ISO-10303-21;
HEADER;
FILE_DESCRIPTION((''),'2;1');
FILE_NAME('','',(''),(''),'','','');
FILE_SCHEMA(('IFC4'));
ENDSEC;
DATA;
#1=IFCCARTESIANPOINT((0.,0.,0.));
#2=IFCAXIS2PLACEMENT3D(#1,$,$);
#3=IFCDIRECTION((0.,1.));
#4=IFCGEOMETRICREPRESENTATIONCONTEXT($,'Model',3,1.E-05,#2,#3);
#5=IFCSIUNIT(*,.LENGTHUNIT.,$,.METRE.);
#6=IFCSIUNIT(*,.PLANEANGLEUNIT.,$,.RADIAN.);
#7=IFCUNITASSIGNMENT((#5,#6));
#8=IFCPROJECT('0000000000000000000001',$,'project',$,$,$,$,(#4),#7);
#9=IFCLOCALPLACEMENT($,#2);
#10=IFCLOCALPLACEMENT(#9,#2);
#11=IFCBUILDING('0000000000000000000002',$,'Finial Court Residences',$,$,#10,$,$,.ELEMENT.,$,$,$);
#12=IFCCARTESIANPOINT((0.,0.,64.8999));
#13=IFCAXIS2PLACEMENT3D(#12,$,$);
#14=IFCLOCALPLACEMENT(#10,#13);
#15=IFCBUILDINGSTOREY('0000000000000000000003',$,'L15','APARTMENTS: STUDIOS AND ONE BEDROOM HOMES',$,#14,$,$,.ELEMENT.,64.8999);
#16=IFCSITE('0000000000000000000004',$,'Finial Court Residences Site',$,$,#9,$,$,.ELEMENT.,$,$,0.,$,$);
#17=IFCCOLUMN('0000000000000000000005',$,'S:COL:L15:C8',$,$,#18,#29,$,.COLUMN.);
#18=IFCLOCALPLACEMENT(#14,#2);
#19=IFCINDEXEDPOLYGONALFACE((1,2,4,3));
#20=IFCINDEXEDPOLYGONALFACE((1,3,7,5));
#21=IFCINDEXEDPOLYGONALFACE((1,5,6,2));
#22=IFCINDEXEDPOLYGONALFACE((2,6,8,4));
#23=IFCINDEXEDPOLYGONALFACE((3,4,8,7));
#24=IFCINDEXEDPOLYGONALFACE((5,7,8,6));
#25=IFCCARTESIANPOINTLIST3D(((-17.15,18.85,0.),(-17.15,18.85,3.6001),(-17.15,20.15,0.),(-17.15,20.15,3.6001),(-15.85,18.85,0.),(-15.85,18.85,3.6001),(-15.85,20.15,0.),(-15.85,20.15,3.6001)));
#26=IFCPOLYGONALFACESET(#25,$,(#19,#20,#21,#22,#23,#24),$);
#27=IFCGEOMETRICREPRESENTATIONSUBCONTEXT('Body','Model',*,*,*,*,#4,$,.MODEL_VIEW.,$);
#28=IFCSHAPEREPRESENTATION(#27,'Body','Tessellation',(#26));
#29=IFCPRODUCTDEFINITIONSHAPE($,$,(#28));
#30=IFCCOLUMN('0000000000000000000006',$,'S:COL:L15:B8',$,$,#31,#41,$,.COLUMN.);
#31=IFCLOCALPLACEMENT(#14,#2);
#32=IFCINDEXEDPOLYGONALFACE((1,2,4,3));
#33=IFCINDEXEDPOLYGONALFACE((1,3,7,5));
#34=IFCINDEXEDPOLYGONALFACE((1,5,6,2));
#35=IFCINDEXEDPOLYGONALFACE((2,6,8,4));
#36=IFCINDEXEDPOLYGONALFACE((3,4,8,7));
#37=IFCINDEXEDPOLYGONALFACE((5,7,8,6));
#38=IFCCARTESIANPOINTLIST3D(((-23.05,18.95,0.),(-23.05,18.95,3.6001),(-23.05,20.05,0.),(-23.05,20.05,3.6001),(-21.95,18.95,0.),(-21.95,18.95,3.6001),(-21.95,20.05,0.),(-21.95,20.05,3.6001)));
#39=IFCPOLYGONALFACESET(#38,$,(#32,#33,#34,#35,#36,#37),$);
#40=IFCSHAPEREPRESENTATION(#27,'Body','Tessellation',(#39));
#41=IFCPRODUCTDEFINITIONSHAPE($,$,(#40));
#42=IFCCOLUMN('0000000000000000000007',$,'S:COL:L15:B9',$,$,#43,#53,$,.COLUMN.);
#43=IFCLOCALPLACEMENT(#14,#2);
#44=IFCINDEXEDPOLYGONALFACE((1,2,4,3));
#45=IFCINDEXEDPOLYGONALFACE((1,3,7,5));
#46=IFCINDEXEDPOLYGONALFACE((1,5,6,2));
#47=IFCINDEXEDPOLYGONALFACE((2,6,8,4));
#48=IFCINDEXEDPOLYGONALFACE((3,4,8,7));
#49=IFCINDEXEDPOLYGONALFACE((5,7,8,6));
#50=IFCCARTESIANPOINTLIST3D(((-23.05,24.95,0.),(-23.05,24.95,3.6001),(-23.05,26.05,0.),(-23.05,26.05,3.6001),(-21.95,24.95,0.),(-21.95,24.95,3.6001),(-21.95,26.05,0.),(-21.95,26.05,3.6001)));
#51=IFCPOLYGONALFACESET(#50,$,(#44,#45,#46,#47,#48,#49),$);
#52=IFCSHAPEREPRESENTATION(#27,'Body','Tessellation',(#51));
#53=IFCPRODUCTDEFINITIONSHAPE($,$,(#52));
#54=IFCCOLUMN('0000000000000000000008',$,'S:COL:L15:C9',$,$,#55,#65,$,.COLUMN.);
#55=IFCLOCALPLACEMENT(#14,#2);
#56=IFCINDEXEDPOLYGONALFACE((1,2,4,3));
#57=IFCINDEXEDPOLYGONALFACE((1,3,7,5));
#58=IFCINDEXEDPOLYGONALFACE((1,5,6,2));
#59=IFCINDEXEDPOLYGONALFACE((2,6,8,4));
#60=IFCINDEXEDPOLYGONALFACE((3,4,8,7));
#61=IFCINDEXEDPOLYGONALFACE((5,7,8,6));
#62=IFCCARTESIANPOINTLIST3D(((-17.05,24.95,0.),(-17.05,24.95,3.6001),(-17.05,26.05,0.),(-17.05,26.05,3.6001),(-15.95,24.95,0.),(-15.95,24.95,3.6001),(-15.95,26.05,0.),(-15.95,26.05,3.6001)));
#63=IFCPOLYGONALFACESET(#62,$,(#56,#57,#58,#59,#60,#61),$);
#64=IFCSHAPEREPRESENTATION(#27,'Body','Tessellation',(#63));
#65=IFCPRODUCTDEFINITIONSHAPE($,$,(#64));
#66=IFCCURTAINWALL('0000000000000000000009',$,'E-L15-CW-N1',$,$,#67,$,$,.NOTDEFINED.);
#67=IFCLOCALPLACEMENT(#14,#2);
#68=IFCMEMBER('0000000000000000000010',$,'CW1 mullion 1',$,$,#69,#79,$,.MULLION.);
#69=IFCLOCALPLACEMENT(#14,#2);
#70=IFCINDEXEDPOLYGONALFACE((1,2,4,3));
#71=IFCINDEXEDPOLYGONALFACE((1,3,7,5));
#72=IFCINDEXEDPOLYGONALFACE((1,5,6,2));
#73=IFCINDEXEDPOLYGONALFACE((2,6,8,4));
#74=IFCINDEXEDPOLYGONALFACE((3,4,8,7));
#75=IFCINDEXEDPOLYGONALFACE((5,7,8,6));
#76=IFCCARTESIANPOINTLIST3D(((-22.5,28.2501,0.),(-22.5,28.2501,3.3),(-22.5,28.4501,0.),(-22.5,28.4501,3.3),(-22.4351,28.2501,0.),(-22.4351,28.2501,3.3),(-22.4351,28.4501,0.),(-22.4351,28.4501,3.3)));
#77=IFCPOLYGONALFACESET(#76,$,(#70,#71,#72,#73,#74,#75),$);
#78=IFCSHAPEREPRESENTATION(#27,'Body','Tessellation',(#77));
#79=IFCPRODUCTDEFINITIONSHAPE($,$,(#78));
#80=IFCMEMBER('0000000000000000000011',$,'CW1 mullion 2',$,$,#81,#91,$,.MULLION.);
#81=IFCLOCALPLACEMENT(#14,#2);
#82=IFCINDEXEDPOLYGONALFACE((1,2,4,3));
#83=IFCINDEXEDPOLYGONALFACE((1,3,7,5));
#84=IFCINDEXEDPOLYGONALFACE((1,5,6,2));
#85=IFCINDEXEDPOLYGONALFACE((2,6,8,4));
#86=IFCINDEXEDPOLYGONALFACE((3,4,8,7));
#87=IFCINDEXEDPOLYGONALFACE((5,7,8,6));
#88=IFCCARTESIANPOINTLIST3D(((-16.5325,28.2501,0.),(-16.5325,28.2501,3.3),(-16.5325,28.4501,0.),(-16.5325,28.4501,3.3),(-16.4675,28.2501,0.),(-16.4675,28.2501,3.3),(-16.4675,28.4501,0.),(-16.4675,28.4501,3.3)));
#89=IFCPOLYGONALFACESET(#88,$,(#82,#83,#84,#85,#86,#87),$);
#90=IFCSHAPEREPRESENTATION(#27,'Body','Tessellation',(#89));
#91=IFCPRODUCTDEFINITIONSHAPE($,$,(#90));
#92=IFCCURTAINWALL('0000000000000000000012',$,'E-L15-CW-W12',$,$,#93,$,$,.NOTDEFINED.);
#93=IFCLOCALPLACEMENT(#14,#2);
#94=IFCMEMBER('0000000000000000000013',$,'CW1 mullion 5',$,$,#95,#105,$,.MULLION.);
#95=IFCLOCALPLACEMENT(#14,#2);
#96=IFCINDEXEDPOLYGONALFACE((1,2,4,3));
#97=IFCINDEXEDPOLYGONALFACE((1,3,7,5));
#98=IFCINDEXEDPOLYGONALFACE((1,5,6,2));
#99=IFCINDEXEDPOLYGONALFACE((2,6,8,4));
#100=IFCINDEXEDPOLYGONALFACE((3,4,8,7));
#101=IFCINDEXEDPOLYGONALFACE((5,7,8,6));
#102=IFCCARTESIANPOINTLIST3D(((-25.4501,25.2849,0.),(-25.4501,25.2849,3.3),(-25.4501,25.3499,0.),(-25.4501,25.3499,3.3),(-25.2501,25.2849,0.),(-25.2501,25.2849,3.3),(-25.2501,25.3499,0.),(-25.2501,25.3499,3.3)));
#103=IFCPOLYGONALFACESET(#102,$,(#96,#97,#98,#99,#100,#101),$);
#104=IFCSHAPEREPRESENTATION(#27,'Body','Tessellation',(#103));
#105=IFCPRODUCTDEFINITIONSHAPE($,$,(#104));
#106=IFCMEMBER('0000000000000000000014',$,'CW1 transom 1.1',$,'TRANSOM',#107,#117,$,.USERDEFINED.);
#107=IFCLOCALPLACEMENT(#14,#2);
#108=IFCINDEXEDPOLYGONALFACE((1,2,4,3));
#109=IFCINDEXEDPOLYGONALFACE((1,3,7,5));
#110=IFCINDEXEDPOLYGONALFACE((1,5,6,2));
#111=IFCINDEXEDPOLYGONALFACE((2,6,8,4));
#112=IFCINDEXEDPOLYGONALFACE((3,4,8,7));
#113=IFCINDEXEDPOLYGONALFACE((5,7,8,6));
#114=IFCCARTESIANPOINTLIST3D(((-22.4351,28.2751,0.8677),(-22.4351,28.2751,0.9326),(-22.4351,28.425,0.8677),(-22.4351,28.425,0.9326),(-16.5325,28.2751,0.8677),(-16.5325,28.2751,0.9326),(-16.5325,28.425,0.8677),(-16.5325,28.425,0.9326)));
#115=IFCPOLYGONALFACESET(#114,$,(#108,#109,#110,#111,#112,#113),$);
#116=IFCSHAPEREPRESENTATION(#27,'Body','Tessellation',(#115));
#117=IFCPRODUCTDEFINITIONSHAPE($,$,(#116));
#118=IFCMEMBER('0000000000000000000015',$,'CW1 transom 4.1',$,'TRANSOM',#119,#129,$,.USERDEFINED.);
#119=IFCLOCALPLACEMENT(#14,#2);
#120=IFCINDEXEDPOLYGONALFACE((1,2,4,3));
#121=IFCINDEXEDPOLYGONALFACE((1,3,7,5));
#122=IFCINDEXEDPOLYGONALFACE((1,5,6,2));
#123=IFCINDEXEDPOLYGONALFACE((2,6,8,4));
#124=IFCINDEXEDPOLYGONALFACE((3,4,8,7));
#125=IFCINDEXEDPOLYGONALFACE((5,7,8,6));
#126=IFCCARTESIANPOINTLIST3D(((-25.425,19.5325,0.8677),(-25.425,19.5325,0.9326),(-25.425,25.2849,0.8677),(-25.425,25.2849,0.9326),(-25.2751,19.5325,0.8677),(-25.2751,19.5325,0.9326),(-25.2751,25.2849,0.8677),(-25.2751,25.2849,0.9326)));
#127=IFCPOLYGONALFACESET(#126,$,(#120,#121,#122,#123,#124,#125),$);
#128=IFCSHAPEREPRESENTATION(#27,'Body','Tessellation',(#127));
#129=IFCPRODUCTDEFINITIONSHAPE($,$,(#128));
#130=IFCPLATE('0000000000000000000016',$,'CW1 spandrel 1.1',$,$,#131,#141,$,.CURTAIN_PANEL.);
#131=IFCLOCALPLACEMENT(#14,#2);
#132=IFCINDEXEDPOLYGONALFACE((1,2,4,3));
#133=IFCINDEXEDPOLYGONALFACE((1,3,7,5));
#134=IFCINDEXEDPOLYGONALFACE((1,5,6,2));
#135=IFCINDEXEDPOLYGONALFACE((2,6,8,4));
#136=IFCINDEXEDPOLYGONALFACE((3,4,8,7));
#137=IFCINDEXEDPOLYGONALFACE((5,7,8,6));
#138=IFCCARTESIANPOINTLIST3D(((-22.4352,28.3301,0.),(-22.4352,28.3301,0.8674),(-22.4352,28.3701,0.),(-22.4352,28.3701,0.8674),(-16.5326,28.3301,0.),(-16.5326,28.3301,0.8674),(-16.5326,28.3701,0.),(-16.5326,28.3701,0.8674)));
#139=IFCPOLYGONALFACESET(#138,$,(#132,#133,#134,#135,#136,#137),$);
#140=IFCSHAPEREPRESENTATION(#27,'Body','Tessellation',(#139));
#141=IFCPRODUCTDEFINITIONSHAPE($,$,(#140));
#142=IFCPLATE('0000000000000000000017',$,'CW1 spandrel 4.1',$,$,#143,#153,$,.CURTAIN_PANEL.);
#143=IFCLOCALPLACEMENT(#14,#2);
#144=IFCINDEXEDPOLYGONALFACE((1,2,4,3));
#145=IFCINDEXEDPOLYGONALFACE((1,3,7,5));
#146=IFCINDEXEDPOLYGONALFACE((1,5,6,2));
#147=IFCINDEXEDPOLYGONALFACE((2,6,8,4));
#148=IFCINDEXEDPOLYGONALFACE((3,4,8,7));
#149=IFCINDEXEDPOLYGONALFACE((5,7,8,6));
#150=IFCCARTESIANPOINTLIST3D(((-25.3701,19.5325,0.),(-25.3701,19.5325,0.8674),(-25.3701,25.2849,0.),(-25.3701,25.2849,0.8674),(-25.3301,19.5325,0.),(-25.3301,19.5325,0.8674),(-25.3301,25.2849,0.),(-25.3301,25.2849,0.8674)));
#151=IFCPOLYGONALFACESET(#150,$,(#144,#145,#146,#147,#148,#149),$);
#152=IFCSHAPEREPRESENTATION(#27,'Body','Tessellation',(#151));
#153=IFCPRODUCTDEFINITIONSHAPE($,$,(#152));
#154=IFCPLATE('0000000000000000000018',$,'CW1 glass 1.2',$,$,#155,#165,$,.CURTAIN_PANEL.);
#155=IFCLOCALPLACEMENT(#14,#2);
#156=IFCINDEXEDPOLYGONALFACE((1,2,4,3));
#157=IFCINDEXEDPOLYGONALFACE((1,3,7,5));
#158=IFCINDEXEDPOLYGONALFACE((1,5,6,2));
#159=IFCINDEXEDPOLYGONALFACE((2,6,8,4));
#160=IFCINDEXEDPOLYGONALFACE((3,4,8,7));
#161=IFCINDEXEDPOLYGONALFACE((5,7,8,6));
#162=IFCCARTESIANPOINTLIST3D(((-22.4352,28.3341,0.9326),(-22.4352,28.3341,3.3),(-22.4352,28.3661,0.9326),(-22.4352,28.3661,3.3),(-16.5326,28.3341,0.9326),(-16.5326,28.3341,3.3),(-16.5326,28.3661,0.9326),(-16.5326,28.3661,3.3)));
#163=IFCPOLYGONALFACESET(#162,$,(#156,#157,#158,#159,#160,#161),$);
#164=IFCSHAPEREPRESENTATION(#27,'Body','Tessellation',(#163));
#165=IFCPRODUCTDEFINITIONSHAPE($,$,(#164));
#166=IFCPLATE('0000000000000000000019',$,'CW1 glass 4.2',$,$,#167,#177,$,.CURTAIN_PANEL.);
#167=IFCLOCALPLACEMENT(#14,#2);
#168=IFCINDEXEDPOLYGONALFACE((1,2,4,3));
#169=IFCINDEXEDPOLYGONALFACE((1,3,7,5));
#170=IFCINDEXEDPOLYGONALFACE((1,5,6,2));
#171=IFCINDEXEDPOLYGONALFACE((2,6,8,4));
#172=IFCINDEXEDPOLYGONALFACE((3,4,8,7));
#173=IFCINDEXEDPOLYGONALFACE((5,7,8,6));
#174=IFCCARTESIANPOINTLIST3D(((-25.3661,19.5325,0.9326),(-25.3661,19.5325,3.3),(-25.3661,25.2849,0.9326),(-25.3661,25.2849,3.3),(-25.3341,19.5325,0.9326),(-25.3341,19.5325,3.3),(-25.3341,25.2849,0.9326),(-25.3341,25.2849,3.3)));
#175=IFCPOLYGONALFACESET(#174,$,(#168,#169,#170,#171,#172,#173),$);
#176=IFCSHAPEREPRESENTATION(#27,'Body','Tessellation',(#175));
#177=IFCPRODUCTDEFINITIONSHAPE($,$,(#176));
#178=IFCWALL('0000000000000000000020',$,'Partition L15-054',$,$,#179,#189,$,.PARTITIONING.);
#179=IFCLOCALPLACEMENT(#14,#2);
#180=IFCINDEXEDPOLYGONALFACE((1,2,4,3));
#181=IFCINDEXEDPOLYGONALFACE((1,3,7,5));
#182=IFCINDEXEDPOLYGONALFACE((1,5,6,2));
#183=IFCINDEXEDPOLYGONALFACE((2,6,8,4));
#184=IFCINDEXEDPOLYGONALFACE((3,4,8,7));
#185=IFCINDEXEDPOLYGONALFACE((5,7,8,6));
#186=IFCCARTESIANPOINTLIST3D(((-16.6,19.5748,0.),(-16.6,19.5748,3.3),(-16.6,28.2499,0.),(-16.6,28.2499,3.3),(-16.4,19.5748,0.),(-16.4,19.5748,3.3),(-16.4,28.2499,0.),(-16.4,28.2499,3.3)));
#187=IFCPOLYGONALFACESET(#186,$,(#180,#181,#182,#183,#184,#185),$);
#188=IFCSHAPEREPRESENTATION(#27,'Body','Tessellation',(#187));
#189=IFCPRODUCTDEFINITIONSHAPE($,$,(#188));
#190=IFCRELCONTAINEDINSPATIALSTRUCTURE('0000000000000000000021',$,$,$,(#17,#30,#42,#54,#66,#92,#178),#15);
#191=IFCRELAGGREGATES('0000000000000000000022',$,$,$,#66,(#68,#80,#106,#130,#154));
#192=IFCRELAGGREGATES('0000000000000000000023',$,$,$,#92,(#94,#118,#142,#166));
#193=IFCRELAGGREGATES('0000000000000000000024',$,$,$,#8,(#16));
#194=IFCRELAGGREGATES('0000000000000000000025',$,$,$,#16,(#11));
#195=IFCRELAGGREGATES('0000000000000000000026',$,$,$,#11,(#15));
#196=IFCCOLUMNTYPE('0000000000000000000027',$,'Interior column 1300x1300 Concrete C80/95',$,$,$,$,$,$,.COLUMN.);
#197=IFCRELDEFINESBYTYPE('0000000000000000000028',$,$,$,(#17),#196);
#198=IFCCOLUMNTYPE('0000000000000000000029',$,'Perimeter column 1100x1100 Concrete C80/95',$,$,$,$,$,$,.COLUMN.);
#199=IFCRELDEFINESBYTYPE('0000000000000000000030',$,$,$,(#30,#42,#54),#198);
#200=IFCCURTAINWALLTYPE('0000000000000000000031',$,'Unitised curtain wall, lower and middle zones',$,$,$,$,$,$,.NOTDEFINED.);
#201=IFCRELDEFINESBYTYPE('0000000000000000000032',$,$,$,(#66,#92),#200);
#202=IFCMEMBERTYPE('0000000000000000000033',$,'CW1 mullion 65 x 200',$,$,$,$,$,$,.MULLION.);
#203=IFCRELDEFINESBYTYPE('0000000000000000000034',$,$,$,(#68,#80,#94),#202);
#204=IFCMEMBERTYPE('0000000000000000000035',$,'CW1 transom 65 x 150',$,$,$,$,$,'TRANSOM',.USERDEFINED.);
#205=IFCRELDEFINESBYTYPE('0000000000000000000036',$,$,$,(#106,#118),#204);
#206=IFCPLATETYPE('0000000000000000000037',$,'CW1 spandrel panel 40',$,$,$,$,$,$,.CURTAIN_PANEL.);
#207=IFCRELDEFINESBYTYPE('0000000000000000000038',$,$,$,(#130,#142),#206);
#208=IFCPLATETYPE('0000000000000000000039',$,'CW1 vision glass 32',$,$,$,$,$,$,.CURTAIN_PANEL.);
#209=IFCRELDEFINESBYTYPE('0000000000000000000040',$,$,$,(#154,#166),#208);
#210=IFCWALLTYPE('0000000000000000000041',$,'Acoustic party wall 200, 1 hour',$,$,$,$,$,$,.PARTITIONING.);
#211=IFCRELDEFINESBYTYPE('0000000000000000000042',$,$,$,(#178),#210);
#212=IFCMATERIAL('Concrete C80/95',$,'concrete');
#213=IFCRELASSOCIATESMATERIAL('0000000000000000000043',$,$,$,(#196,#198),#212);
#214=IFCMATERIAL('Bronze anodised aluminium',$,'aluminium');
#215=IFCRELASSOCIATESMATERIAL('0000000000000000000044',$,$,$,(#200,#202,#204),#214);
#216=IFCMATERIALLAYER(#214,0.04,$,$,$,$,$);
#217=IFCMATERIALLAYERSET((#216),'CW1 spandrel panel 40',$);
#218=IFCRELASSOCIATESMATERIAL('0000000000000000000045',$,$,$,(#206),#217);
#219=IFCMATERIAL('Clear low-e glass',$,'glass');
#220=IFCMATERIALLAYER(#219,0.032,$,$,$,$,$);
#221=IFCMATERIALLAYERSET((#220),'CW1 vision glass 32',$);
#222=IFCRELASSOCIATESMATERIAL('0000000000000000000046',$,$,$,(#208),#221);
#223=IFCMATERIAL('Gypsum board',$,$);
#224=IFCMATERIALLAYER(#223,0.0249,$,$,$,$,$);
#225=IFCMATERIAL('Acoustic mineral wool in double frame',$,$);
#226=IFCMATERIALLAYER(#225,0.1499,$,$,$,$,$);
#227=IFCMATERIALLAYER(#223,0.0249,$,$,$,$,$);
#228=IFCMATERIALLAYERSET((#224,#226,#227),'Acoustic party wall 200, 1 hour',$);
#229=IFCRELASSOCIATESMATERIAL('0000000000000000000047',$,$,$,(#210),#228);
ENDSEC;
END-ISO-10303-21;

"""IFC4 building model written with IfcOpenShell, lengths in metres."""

from ifc_helpers import new_model, si_unit, direction, frame, frame_2d, origin, origin_2d, place, context, subcontext, project, spatial, rectangle, extrude, material, layer, layer_set, material_profile, profile_set, type_object, element, aggregate, save


model = new_model("IFC4")

# Units and contexts
model_context = context("Model", 3, precision=1e-05, world=origin(), true_north=direction((0.0, 1.0)))
body_context = subcontext(model_context, "Body", "Model", "MODEL_VIEW")
ifc_project = project(units=[si_unit("LENGTHUNIT", "METRE"), si_unit("PLANEANGLEUNIT", "RADIAN")], contexts=[model_context])

# Site, building, storey
site_placement = place(None, origin())
site = spatial("IfcSite", under=ifc_project, at=site_placement, Name="Finial Court Residences Site", CompositionType="ELEMENT", RefElevation=0.0)
building_placement = place(site_placement, origin())
building = spatial("IfcBuilding", under=site, at=building_placement, Name="Finial Court Residences", CompositionType="ELEMENT")
storey_placement = place(building_placement, frame((0.0, 0.0, 64.8999)))
storey = spatial("IfcBuildingStorey", under=building, at=storey_placement, Name="L15", Description="APARTMENTS: STUDIOS AND ONE BEDROOM HOMES", CompositionType="ELEMENT", Elevation=64.8999)

# Columns
ifc_material_1 = material(Name="Concrete C80/95", Category="concrete")
ifc_material_profile_1 = material_profile(ifc_material_1, rectangle(XDim=1.3, YDim=1.3, at=origin_2d()), Name="1300x1300")
ifc_profile_set_1 = profile_set([ifc_material_profile_1], Name="Concrete C80/95")
column_type_1 = type_object("IfcColumnType", Name="Interior column 1300x1300 Concrete C80/95", PredefinedType="COLUMN", material=ifc_profile_set_1)
column_placement = place(storey_placement, frame((-16.5, 19.5, 0.0), z_axis=(0.0, 0.0, 1.0), x_axis=(1.0, 0.0, 0.0)))
element("IfcColumn", 1, at=column_placement, inside=storey, type_object=column_type_1, Name="S:COL:L15:C8", PredefinedType="COLUMN", context=body_context, shape_type="SweptSolid", body=[
    extrude(rectangle(XDim=1.3, YDim=1.3, at=origin_2d()), origin(), (0.0, 0.0, 1.0), 3.6001),
])
ifc_material_profile_2 = material_profile(ifc_material_1, rectangle(XDim=1.1001, YDim=1.1001, at=origin_2d()), Name="1100x1100")
ifc_profile_set_2 = profile_set([ifc_material_profile_2], Name="Concrete C80/95")
column_type_2 = type_object("IfcColumnType", Name="Perimeter column 1100x1100 Concrete C80/95", PredefinedType="COLUMN", material=ifc_profile_set_2)
for number, where, z_axis, x_axis, name in (
    (2, (-22.5, 19.5, 0.0), (0.0, 0.0, 1.0), (1.0, 0.0, 0.0), "S:COL:L15:B8"),
    (3, (-22.5, 25.5, 0.0), (0.0, 0.0, 1.0), (1.0, 0.0, 0.0), "S:COL:L15:B9"),
    (4, (-16.5, 25.5, 0.0), (0.0, 0.0, 1.0), (1.0, 0.0, 0.0), "S:COL:L15:C9"),
):
    element("IfcColumn", number, at=place(storey_placement, frame(where, z_axis=z_axis, x_axis=x_axis)), inside=storey, type_object=column_type_2, Name=name, PredefinedType="COLUMN", context=body_context, shape_type="SweptSolid", body=[
        extrude(rectangle(XDim=1.1001, YDim=1.1001, at=origin_2d()), origin(), (0.0, 0.0, 1.0), 3.6001),
    ])

# Curtain wall, members
ifc_material_2 = material(Name="Bronze anodised aluminium", Category="aluminium")
curtain_wall_type = type_object("IfcCurtainWallType", Name="Unitised curtain wall, lower and middle zones", PredefinedType="NOTDEFINED", material=ifc_material_2)
curtain_wall_1_placement = place(storey_placement, origin())
curtain_wall_1 = element("IfcCurtainWall", 5, at=curtain_wall_1_placement, inside=storey, type_object=curtain_wall_type, Name="E-L15-CW-N1", PredefinedType="NOTDEFINED")
ifc_material_profile_3 = material_profile(ifc_material_2, rectangle(XDim=0.2, YDim=0.0649, at=origin_2d()), Name="CW1 mullion 65 x 200")
ifc_profile_set_3 = profile_set([ifc_material_profile_3], Name="Bronze anodised aluminium")
member_type_1 = type_object("IfcMemberType", Name="CW1 mullion 65 x 200", PredefinedType="MULLION", material=ifc_profile_set_3)
member_1_placement = place(storey_placement, frame((-22.4675, 28.3501, 0.0), z_axis=(0.0, 0.0, 1.0), x_axis=(0.0, 1.0, 0.0)))
member_1 = element("IfcMember", 6, at=member_1_placement, type_object=member_type_1, Name="CW1 mullion 1", PredefinedType="MULLION", context=body_context, shape_type="SweptSolid", body=[
    extrude(rectangle(XDim=0.2, YDim=0.0649, at=origin_2d()), origin(), (0.0, 0.0, 1.0), 3.3),
])
member_2_placement = place(storey_placement, frame((-16.5, 28.3501, 0.0), z_axis=(0.0, 0.0, 1.0), x_axis=(0.0, 1.0, 0.0)))
member_2 = element("IfcMember", 7, at=member_2_placement, type_object=member_type_1, Name="CW1 mullion 2", PredefinedType="MULLION", context=body_context, shape_type="SweptSolid", body=[
    extrude(rectangle(XDim=0.2, YDim=0.0649, at=origin_2d()), origin(), (0.0, 0.0, 1.0), 3.3),
])

# Curtain wall, member
curtain_wall_2_placement = place(storey_placement, origin())
curtain_wall_2 = element("IfcCurtainWall", 8, at=curtain_wall_2_placement, inside=storey, type_object=curtain_wall_type, Name="E-L15-CW-W12", PredefinedType="NOTDEFINED")
member_3_placement = place(storey_placement, frame((-25.3501, 25.3174, 0.0), z_axis=(0.0, 0.0, 1.0), x_axis=(-1.0, 0.0, 0.0)))
member_3 = element("IfcMember", 9, at=member_3_placement, type_object=member_type_1, Name="CW1 mullion 5", PredefinedType="MULLION", context=body_context, shape_type="SweptSolid", body=[
    extrude(rectangle(XDim=0.2, YDim=0.0649, at=origin_2d()), origin(), (0.0, 0.0, 1.0), 3.3),
])

# Members
ifc_material_profile_4 = material_profile(ifc_material_2, rectangle(XDim=0.1499, YDim=0.0649, at=origin_2d()), Name="CW1 transom 65 x 150")
ifc_profile_set_4 = profile_set([ifc_material_profile_4], Name="Bronze anodised aluminium")
member_type_2 = type_object("IfcMemberType", Name="CW1 transom 65 x 150", ElementType="TRANSOM", PredefinedType="USERDEFINED", material=ifc_profile_set_4)
member_4_placement = place(storey_placement, frame((-22.4351, 28.3501, 0.9001), z_axis=(1.0, 0.0, 0.0), x_axis=(0.0, 1.0, 0.0)))
member_4 = element("IfcMember", 10, at=member_4_placement, type_object=member_type_2, Name="CW1 transom 1.1", ObjectType="TRANSOM", PredefinedType="USERDEFINED", context=body_context, shape_type="SweptSolid", body=[
    extrude(rectangle(XDim=0.1499, YDim=0.0649, at=origin_2d()), origin(), (0.0, 0.0, 1.0), 5.9026),
])
member_5_placement = place(storey_placement, frame((-25.3501, 19.5325, 0.9001), z_axis=(0.0, 1.0, 0.0), x_axis=(-1.0, 0.0, 0.0)))
member_5 = element("IfcMember", 11, at=member_5_placement, type_object=member_type_2, Name="CW1 transom 4.1", ObjectType="TRANSOM", PredefinedType="USERDEFINED", context=body_context, shape_type="SweptSolid", body=[
    extrude(rectangle(XDim=0.1499, YDim=0.0649, at=origin_2d()), origin(), (0.0, 0.0, 1.0), 5.7524),
])

# Plates
ifc_layer_1 = layer(ifc_material_2, 0.04)
ifc_layer_set_1 = layer_set([ifc_layer_1], Name="CW1 spandrel panel 40")
plate_type_1 = type_object("IfcPlateType", Name="CW1 spandrel panel 40", PredefinedType="CURTAIN_PANEL", material=ifc_layer_set_1)
plate_1_placement = place(storey_placement, frame((-19.4839, 28.3501, 0.0), z_axis=(0.0, 0.0, 1.0), x_axis=(1.0, 0.0, 0.0)))
plate_1 = element("IfcPlate", 12, at=plate_1_placement, type_object=plate_type_1, Name="CW1 spandrel 1.1", PredefinedType="CURTAIN_PANEL", context=body_context, shape_type="SweptSolid", body=[
    extrude(rectangle(XDim=5.9026, YDim=0.04, at=origin_2d()), origin(), (0.0, 0.0, 1.0), 0.8674),
])
plate_2_placement = place(storey_placement, frame((-25.3501, 22.4087, 0.0), z_axis=(0.0, 0.0, 1.0), x_axis=(0.0, 1.0, 0.0)))
plate_2 = element("IfcPlate", 13, at=plate_2_placement, type_object=plate_type_1, Name="CW1 spandrel 4.1", PredefinedType="CURTAIN_PANEL", context=body_context, shape_type="SweptSolid", body=[
    extrude(rectangle(XDim=5.7524, YDim=0.04, at=origin_2d()), origin(), (0.0, 0.0, 1.0), 0.8674),
])
ifc_material_3 = material(Name="Clear low-e glass", Category="glass")
ifc_layer_2 = layer(ifc_material_3, 0.032)
ifc_layer_set_2 = layer_set([ifc_layer_2], Name="CW1 vision glass 32")
plate_type_2 = type_object("IfcPlateType", Name="CW1 vision glass 32", PredefinedType="CURTAIN_PANEL", material=ifc_layer_set_2)
plate_3_placement = place(storey_placement, frame((-19.4839, 28.3501, 0.9326), z_axis=(0.0, 0.0, 1.0), x_axis=(1.0, 0.0, 0.0)))
plate_3 = element("IfcPlate", 14, at=plate_3_placement, type_object=plate_type_2, Name="CW1 glass 1.2", PredefinedType="CURTAIN_PANEL", context=body_context, shape_type="SweptSolid", body=[
    extrude(rectangle(XDim=5.9026, YDim=0.032, at=origin_2d()), origin(), (0.0, 0.0, 1.0), 2.3674),
])
aggregate(curtain_wall_1, [member_1, member_2, member_4, plate_1, plate_3])
plate_4_placement = place(storey_placement, frame((-25.3501, 22.4087, 0.9326), z_axis=(0.0, 0.0, 1.0), x_axis=(0.0, 1.0, 0.0)))
plate_4 = element("IfcPlate", 15, at=plate_4_placement, type_object=plate_type_2, Name="CW1 glass 4.2", PredefinedType="CURTAIN_PANEL", context=body_context, shape_type="SweptSolid", body=[
    extrude(rectangle(XDim=5.7524, YDim=0.032, at=origin_2d()), origin(), (0.0, 0.0, 1.0), 2.3674),
])
aggregate(curtain_wall_2, [member_3, member_5, plate_2, plate_4])

# Wall
ifc_material_4 = material(Name="Gypsum board")
ifc_layer_3 = layer(ifc_material_4, 0.0249)
ifc_material_5 = material(Name="Acoustic mineral wool in double frame")
ifc_layer_4 = layer(ifc_material_5, 0.1499)
ifc_layer_5 = layer(ifc_material_4, 0.0249)
ifc_layer_set_3 = layer_set([ifc_layer_3, ifc_layer_4, ifc_layer_5], Name="Acoustic party wall 200, 1 hour")
wall_type_1 = type_object("IfcWallType", Name="Acoustic party wall 200, 1 hour", PredefinedType="PARTITIONING", material=ifc_layer_set_3)
wall_1_placement = place(storey_placement, frame((-16.5, 19.575, 0.0), z_axis=(0.0, 0.0, 1.0), x_axis=(0.0, 1.0, 0.0)))
element("IfcWall", 16, at=wall_1_placement, inside=storey, type_object=wall_type_1, Name="Partition L15-054", PredefinedType="PARTITIONING", context=body_context, shape_type="SweptSolid", body=[
    extrude(rectangle(XDim=8.675, YDim=0.2, at=frame_2d((4.3374, 0.0))), origin(), (0.0, 0.0, 1.0), 3.3),
])

save(model, "model.ifc")
